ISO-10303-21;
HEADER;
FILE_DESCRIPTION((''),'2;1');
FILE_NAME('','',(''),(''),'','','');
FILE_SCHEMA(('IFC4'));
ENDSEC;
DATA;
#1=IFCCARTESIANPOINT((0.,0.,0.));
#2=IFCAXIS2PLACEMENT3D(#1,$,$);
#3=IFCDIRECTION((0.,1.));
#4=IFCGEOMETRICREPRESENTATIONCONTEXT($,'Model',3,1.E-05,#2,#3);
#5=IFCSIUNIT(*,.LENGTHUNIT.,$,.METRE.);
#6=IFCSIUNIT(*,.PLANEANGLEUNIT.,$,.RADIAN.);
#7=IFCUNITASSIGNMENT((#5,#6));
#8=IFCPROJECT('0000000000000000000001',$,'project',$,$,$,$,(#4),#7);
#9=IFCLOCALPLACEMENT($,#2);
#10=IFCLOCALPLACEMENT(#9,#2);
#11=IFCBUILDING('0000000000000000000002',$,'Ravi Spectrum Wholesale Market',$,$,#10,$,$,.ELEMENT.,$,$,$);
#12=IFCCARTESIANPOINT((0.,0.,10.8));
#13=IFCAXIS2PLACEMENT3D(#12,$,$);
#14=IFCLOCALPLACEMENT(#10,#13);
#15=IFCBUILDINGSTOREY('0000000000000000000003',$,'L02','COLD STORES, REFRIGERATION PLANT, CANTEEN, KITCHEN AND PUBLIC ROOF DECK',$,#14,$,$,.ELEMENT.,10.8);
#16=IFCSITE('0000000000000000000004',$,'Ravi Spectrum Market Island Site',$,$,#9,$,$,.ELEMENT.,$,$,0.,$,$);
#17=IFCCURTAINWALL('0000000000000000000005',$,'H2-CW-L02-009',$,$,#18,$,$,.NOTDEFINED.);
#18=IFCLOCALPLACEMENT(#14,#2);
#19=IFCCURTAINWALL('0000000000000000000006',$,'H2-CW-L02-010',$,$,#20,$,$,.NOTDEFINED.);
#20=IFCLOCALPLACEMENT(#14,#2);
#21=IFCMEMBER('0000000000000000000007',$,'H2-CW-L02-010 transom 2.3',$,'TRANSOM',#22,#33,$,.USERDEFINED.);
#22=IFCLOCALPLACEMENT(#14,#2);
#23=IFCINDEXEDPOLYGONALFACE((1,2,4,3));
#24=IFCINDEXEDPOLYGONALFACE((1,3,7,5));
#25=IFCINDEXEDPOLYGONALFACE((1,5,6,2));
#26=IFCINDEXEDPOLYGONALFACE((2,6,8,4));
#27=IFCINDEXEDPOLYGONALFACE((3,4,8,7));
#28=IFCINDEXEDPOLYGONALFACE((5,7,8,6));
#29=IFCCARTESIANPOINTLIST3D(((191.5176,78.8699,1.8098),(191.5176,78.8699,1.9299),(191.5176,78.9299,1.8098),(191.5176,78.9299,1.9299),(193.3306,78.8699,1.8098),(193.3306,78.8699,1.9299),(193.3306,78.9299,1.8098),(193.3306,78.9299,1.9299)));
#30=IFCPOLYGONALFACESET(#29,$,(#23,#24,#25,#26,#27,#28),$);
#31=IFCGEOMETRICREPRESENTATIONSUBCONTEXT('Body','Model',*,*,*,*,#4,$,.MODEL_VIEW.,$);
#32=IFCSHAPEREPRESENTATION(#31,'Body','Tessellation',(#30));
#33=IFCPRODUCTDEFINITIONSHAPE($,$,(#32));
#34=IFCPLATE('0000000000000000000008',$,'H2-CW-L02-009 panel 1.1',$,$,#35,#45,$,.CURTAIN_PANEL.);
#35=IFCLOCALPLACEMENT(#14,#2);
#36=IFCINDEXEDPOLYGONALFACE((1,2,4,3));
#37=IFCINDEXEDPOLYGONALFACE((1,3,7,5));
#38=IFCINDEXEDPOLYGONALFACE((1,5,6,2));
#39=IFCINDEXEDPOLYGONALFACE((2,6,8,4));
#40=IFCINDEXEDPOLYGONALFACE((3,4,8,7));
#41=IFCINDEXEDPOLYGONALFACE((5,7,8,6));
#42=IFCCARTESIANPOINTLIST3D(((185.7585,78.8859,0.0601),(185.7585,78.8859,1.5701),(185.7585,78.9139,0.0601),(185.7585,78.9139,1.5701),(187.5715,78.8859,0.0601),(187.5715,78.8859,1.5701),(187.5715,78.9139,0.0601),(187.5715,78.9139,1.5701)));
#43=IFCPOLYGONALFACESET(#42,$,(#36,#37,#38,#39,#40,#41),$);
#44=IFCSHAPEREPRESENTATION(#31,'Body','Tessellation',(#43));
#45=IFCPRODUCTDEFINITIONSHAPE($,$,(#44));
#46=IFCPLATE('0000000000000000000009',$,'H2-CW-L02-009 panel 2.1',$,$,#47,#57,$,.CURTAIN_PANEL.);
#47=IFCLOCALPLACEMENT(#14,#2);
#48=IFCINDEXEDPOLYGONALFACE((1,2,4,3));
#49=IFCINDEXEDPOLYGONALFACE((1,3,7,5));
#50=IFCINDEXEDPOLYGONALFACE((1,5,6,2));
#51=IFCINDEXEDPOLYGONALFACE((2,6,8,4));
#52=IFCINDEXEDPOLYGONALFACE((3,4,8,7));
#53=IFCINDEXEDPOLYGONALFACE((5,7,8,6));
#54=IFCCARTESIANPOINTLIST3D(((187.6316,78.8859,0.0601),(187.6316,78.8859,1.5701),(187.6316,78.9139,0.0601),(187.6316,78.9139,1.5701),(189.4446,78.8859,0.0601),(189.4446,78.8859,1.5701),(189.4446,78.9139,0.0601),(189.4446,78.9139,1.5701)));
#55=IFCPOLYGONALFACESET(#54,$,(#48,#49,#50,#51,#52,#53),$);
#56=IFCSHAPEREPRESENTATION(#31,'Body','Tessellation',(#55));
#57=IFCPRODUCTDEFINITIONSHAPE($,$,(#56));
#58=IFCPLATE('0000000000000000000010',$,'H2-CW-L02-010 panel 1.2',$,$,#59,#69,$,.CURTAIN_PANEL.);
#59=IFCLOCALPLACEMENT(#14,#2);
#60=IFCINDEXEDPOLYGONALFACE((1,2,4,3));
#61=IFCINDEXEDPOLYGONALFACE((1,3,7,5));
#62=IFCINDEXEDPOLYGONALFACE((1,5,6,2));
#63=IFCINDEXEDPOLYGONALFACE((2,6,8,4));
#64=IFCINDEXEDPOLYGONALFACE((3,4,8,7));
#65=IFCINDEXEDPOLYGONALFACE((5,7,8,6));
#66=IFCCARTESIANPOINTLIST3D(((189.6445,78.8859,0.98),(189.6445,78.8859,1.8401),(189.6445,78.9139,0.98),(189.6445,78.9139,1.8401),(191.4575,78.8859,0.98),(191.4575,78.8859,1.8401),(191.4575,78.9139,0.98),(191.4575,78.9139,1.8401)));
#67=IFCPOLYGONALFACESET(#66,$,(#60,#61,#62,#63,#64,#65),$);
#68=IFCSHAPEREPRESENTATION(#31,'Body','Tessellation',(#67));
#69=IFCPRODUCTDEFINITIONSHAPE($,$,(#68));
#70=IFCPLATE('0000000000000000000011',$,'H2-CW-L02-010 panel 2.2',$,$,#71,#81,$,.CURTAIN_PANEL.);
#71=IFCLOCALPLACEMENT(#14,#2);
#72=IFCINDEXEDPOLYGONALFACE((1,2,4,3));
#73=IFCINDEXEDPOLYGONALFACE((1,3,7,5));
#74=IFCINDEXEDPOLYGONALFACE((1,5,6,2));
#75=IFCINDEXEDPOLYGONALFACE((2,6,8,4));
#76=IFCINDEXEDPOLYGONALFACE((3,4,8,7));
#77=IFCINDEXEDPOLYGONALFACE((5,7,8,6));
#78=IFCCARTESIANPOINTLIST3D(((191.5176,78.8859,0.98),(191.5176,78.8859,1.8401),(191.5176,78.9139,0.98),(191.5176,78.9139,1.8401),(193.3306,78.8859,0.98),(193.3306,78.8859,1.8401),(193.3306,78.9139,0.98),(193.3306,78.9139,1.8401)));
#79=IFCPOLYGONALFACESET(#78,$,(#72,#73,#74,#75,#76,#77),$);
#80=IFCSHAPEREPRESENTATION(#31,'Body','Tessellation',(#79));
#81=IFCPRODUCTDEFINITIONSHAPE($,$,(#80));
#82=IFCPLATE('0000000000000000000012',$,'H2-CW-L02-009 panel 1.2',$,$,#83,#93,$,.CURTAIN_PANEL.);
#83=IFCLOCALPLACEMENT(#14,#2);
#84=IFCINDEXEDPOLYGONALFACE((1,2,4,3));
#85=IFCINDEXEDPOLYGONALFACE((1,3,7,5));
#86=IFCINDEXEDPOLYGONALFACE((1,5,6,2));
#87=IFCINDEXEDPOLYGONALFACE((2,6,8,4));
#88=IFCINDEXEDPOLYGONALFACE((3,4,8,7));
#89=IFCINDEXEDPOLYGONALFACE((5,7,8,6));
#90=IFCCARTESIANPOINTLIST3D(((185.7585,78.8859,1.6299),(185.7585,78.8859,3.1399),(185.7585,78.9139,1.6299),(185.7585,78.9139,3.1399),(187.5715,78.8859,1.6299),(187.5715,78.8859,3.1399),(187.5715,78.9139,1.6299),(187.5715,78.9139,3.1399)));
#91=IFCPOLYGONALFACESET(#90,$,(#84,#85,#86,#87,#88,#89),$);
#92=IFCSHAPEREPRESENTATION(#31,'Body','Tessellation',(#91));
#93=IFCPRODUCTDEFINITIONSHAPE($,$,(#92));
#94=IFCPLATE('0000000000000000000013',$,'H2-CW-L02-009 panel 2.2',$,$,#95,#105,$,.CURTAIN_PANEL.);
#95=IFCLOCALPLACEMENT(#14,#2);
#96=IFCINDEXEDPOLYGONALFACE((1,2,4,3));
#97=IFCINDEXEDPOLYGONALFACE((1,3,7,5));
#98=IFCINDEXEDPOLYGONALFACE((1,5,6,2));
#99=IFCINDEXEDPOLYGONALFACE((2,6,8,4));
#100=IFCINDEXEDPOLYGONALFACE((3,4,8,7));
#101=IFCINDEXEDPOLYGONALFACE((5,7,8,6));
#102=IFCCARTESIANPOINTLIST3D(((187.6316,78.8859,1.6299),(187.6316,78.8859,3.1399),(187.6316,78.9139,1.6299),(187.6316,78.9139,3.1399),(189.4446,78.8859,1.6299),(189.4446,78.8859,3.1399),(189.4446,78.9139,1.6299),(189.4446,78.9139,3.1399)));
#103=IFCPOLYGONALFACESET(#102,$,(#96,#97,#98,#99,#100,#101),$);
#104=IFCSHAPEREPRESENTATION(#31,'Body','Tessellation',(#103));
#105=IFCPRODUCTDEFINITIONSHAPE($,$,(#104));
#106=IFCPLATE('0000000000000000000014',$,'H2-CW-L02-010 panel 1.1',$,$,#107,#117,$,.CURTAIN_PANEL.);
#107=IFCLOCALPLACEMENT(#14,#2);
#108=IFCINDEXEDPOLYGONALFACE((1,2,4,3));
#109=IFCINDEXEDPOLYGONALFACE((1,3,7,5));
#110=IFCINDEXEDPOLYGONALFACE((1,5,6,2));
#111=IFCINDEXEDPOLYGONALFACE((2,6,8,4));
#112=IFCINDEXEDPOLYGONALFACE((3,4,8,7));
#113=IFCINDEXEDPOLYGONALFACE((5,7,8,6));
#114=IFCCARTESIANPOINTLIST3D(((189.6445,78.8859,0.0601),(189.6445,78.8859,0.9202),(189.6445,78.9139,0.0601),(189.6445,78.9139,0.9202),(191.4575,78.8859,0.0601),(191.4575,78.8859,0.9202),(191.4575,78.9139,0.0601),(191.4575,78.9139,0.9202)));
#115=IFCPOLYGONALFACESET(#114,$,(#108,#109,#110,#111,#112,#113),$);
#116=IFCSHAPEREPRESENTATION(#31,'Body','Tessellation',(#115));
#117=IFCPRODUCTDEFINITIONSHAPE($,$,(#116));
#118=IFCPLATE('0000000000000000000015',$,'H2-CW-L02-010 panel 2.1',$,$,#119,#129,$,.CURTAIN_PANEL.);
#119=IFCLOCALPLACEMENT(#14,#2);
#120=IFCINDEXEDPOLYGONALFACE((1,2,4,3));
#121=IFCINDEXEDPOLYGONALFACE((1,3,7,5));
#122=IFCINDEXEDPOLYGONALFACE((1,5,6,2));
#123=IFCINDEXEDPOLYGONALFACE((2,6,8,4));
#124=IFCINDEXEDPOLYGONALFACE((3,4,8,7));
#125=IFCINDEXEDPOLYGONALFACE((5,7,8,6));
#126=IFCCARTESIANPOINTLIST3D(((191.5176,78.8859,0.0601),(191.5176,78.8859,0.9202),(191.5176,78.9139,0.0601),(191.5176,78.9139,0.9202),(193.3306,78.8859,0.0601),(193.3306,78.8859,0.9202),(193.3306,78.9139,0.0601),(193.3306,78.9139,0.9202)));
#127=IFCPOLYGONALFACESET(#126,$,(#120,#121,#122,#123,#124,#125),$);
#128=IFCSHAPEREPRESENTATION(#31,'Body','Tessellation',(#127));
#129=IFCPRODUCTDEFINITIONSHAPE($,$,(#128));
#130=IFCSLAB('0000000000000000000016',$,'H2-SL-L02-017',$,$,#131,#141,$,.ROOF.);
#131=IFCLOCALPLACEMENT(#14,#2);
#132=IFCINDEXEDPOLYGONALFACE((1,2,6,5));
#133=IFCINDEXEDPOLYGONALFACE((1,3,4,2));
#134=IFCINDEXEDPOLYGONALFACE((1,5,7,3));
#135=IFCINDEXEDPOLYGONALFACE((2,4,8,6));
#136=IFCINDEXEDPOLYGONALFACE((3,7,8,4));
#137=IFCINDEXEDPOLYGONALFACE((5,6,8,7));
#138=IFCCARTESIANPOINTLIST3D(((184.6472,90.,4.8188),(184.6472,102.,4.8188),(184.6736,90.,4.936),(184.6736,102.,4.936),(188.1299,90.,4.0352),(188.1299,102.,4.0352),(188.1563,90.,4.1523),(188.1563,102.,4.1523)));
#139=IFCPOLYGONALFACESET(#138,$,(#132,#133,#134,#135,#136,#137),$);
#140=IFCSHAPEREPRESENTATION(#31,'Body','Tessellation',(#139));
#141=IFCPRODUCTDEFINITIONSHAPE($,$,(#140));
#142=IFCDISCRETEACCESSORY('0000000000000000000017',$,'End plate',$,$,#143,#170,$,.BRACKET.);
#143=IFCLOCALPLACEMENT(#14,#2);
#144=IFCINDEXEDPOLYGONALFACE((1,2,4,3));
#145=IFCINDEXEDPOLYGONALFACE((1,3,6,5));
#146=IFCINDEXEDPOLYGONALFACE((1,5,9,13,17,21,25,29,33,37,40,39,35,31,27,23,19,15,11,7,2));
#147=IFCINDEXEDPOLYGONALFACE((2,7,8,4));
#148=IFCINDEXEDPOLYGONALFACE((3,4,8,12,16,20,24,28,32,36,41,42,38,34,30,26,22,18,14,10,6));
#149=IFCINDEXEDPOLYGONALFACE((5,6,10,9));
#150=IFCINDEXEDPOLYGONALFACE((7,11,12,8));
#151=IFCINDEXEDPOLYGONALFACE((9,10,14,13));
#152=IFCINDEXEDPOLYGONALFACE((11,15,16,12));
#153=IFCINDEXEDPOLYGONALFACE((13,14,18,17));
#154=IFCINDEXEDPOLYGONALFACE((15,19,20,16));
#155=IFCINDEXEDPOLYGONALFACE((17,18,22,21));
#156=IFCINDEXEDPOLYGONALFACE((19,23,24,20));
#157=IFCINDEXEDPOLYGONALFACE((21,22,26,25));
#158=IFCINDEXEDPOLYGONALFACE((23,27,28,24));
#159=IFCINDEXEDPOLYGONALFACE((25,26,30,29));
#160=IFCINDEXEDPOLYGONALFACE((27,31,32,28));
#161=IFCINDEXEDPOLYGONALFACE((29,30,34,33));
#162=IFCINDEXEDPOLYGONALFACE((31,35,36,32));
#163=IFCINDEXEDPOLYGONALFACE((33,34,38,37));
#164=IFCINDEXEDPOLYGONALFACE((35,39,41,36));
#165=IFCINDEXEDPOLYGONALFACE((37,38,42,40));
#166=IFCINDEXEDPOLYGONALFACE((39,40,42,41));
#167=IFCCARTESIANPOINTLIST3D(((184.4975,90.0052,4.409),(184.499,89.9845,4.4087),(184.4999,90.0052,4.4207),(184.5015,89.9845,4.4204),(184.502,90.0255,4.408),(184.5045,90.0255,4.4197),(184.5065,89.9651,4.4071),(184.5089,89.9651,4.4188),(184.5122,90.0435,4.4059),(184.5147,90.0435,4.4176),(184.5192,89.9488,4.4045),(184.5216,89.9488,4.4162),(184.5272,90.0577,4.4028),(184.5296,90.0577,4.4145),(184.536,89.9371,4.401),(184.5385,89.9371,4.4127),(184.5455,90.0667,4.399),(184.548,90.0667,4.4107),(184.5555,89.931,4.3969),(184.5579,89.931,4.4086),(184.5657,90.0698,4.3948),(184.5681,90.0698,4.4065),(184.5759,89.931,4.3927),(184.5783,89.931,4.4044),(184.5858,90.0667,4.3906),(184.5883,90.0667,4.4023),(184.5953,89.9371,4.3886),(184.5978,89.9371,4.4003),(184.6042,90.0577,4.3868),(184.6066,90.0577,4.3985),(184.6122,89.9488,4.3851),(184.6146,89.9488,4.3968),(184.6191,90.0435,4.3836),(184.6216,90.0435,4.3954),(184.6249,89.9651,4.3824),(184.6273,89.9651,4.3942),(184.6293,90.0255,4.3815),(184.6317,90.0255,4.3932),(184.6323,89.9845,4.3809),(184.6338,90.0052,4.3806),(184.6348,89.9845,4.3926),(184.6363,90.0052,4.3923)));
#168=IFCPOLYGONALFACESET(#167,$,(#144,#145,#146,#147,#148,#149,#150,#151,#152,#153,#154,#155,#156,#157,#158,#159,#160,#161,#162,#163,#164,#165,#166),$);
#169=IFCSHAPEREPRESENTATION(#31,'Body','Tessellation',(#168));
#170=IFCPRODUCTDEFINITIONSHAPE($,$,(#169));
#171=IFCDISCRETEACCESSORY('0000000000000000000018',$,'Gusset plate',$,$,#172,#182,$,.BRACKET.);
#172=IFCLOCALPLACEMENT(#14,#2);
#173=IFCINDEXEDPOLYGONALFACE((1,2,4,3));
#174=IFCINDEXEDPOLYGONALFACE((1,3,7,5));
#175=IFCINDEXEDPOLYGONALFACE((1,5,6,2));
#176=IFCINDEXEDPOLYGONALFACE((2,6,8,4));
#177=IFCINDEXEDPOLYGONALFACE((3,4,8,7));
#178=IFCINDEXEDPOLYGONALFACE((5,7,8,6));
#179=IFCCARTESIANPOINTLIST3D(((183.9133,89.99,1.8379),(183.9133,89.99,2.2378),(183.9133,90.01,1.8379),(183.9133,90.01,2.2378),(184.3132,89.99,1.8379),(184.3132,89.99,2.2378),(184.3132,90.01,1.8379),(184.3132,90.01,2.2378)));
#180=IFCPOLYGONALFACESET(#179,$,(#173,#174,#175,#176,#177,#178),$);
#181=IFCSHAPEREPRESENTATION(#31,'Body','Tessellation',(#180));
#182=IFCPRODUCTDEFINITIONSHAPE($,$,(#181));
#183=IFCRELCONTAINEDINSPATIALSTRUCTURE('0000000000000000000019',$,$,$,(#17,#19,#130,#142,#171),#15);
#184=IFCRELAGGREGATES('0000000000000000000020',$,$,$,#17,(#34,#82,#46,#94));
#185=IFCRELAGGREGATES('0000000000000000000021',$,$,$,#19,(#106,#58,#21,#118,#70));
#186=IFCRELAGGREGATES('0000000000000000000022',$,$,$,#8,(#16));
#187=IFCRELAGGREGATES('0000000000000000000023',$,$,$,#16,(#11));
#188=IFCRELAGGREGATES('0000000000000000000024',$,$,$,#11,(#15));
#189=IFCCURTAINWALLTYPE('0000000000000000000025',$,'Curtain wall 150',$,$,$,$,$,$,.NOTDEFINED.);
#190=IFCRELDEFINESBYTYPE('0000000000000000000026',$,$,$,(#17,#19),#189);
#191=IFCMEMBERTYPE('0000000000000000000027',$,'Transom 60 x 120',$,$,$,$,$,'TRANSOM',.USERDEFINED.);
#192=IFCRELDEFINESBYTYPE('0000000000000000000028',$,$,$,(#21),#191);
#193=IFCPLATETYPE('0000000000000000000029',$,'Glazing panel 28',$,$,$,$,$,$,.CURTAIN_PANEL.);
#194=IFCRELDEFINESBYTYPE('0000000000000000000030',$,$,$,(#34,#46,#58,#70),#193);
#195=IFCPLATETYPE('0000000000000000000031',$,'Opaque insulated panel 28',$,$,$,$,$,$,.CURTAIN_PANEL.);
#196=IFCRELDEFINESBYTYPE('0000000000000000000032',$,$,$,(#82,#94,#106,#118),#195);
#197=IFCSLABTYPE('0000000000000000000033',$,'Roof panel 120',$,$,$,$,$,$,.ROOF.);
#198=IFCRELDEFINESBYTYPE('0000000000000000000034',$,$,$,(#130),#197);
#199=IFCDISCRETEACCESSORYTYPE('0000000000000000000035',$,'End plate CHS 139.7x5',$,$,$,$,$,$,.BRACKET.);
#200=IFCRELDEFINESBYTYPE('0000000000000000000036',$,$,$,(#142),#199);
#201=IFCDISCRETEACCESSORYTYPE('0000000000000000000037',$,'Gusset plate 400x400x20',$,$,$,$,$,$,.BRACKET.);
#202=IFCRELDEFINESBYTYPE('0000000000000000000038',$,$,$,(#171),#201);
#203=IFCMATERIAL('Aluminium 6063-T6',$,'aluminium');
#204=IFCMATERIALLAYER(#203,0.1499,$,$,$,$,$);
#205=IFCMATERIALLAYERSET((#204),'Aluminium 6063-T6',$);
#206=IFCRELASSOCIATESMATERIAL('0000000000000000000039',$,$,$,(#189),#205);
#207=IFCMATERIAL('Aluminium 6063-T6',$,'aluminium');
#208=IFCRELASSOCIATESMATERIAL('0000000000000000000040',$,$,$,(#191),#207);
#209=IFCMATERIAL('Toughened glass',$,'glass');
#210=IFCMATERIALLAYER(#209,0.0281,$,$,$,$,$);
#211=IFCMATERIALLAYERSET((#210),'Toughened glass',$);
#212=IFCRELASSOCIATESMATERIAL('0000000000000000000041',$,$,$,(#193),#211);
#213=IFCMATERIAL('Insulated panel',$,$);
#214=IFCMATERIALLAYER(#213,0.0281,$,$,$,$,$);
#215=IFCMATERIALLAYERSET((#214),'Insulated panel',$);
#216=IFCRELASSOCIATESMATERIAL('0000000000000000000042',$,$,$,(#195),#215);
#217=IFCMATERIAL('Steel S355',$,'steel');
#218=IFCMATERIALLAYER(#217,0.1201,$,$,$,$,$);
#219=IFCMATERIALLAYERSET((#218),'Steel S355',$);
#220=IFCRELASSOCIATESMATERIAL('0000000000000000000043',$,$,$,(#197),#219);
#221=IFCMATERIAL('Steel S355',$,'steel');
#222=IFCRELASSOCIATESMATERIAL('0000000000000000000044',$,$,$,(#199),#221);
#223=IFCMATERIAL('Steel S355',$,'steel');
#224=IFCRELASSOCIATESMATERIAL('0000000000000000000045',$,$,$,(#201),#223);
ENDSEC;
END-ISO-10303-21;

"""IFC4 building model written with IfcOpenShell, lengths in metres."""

from ifc_helpers import new_model, si_unit, direction, frame, origin, origin_2d, place, context, subcontext, project, spatial, polyline, rectangle, circle, outline, extrude, material, layer, layer_set, material_profile, profile_set, type_object, element, aggregate, save


model = new_model("IFC4")

# Units and contexts
model_context = context("Model", 3, precision=1e-05, world=origin(), true_north=direction((0.0, 1.0)))
body_context = subcontext(model_context, "Body", "Model", "MODEL_VIEW")
ifc_project = project(units=[si_unit("LENGTHUNIT", "METRE"), si_unit("PLANEANGLEUNIT", "RADIAN")], contexts=[model_context])

# Site, building, storey
site_placement = place(None, origin())
site = spatial("IfcSite", under=ifc_project, at=site_placement, Name="Ravi Spectrum Market Island Site", CompositionType="ELEMENT", RefElevation=0.0)
building_placement = place(site_placement, origin())
building = spatial("IfcBuilding", under=site, at=building_placement, Name="Ravi Spectrum Wholesale Market", CompositionType="ELEMENT")
storey_placement = place(building_placement, frame((0.0, 0.0, 10.8)))
storey = spatial("IfcBuildingStorey", under=building, at=storey_placement, Name="L02", Description="COLD STORES, REFRIGERATION PLANT, CANTEEN, KITCHEN AND PUBLIC ROOF DECK", CompositionType="ELEMENT", Elevation=10.8)

# Shared definitions
ifc_material_1 = material(Name="Aluminium 6063-T6", Category="aluminium")
ifc_layer_1 = layer(ifc_material_1, 0.1499)
ifc_layer_set_1 = layer_set([ifc_layer_1], Name="Aluminium 6063-T6")
curtain_wall_type = type_object("IfcCurtainWallType", Name="Curtain wall 150", PredefinedType="NOTDEFINED", material=ifc_layer_set_1)

# Curtain walls
curtain_wall_1_placement = place(storey_placement, origin())
curtain_wall_1 = element("IfcCurtainWall", 1, at=curtain_wall_1_placement, inside=storey, type_object=curtain_wall_type, Name="H2-CW-L02-009", PredefinedType="NOTDEFINED")
curtain_wall_2_placement = place(storey_placement, origin())
curtain_wall_2 = element("IfcCurtainWall", 2, at=curtain_wall_2_placement, inside=storey, type_object=curtain_wall_type, Name="H2-CW-L02-010", PredefinedType="NOTDEFINED")

# Member
ifc_material_2 = material(Name="Aluminium 6063-T6", Category="aluminium")
ifc_material_profile_1 = material_profile(ifc_material_2, rectangle(XDim=0.0601, YDim=0.1201, at=origin_2d()))
ifc_profile_set_1 = profile_set([ifc_material_profile_1], Name="Aluminium 6063-T6")
member_type_1 = type_object("IfcMemberType", Name="Transom 60 x 120", ElementType="TRANSOM", PredefinedType="USERDEFINED", material=ifc_profile_set_1)
member_1_placement = place(storey_placement, frame((191.5176, 78.8999, 1.8699), z_axis=(1.0, 0.0, 0.0), x_axis=(0.0, 1.0, 0.0)))
member_1 = element("IfcMember", 3, at=member_1_placement, type_object=member_type_1, Name="H2-CW-L02-010 transom 2.3", ObjectType="TRANSOM", PredefinedType="USERDEFINED", context=body_context, shape_type="SweptSolid", body=[
    extrude(rectangle(XDim=0.0601, YDim=0.1201, at=origin_2d()), origin(), (0.0, 0.0, 1.0), 1.813),
])

# Plates
ifc_material_3 = material(Name="Toughened glass", Category="glass")
ifc_layer_2 = layer(ifc_material_3, 0.0281)
ifc_layer_set_2 = layer_set([ifc_layer_2], Name="Toughened glass")
plate_type_1 = type_object("IfcPlateType", Name="Glazing panel 28", PredefinedType="CURTAIN_PANEL", material=ifc_layer_set_2)
plate_1_placement = place(storey_placement, frame((186.665, 78.8999, 0.0601), z_axis=(0.0, 0.0, 1.0), x_axis=(1.0, 0.0, 0.0)))
plate_1 = element("IfcPlate", 4, at=plate_1_placement, type_object=plate_type_1, Name="H2-CW-L02-009 panel 1.1", PredefinedType="CURTAIN_PANEL", context=body_context, shape_type="SweptSolid", body=[
    extrude(rectangle(XDim=1.813, YDim=0.0281, at=origin_2d()), origin(), (0.0, 0.0, 1.0), 1.51),
])
plate_2_placement = place(storey_placement, frame((188.5381, 78.8999, 0.0601), z_axis=(0.0, 0.0, 1.0), x_axis=(1.0, 0.0, 0.0)))
plate_2 = element("IfcPlate", 5, at=plate_2_placement, type_object=plate_type_1, Name="H2-CW-L02-009 panel 2.1", PredefinedType="CURTAIN_PANEL", context=body_context, shape_type="SweptSolid", body=[
    extrude(rectangle(XDim=1.813, YDim=0.0281, at=origin_2d()), origin(), (0.0, 0.0, 1.0), 1.51),
])
plate_3_placement = place(storey_placement, frame((190.551, 78.8999, 0.98), z_axis=(0.0, 0.0, 1.0), x_axis=(1.0, 0.0, 0.0)))
plate_3 = element("IfcPlate", 6, at=plate_3_placement, type_object=plate_type_1, Name="H2-CW-L02-010 panel 1.2", PredefinedType="CURTAIN_PANEL", context=body_context, shape_type="SweptSolid", body=[
    extrude(rectangle(XDim=1.813, YDim=0.0281, at=origin_2d()), origin(), (0.0, 0.0, 1.0), 0.8601),
])
plate_4_placement = place(storey_placement, frame((192.4241, 78.8999, 0.98), z_axis=(0.0, 0.0, 1.0), x_axis=(1.0, 0.0, 0.0)))
plate_4 = element("IfcPlate", 7, at=plate_4_placement, type_object=plate_type_1, Name="H2-CW-L02-010 panel 2.2", PredefinedType="CURTAIN_PANEL", context=body_context, shape_type="SweptSolid", body=[
    extrude(rectangle(XDim=1.813, YDim=0.0281, at=origin_2d()), origin(), (0.0, 0.0, 1.0), 0.8601),
])
ifc_material_4 = material(Name="Insulated panel")
ifc_layer_3 = layer(ifc_material_4, 0.0281)
ifc_layer_set_3 = layer_set([ifc_layer_3], Name="Insulated panel")
plate_type_2 = type_object("IfcPlateType", Name="Opaque insulated panel 28", PredefinedType="CURTAIN_PANEL", material=ifc_layer_set_3)
plate_5_placement = place(storey_placement, frame((186.665, 78.8999, 1.6299), z_axis=(0.0, 0.0, 1.0), x_axis=(1.0, 0.0, 0.0)))
plate_5 = element("IfcPlate", 8, at=plate_5_placement, type_object=plate_type_2, Name="H2-CW-L02-009 panel 1.2", PredefinedType="CURTAIN_PANEL", context=body_context, shape_type="SweptSolid", body=[
    extrude(rectangle(XDim=1.813, YDim=0.0281, at=origin_2d()), origin(), (0.0, 0.0, 1.0), 1.51),
])
plate_6_placement = place(storey_placement, frame((188.5381, 78.8999, 1.6299), z_axis=(0.0, 0.0, 1.0), x_axis=(1.0, 0.0, 0.0)))
plate_6 = element("IfcPlate", 9, at=plate_6_placement, type_object=plate_type_2, Name="H2-CW-L02-009 panel 2.2", PredefinedType="CURTAIN_PANEL", context=body_context, shape_type="SweptSolid", body=[
    extrude(rectangle(XDim=1.813, YDim=0.0281, at=origin_2d()), origin(), (0.0, 0.0, 1.0), 1.51),
])
aggregate(curtain_wall_1, [plate_1, plate_5, plate_2, plate_6])
plate_7_placement = place(storey_placement, frame((190.551, 78.8999, 0.0601), z_axis=(0.0, 0.0, 1.0), x_axis=(1.0, 0.0, 0.0)))
plate_7 = element("IfcPlate", 10, at=plate_7_placement, type_object=plate_type_2, Name="H2-CW-L02-010 panel 1.1", PredefinedType="CURTAIN_PANEL", context=body_context, shape_type="SweptSolid", body=[
    extrude(rectangle(XDim=1.813, YDim=0.0281, at=origin_2d()), origin(), (0.0, 0.0, 1.0), 0.8601),
])
plate_8_placement = place(storey_placement, frame((192.4241, 78.8999, 0.0601), z_axis=(0.0, 0.0, 1.0), x_axis=(1.0, 0.0, 0.0)))
plate_8 = element("IfcPlate", 11, at=plate_8_placement, type_object=plate_type_2, Name="H2-CW-L02-010 panel 2.1", PredefinedType="CURTAIN_PANEL", context=body_context, shape_type="SweptSolid", body=[
    extrude(rectangle(XDim=1.813, YDim=0.0281, at=origin_2d()), origin(), (0.0, 0.0, 1.0), 0.8601),
])
aggregate(curtain_wall_2, [plate_7, plate_3, member_1, plate_8, plate_4])

# Slab
ifc_material_5 = material(Name="Steel S355", Category="steel")
ifc_layer_4 = layer(ifc_material_5, 0.1201)
ifc_layer_set_4 = layer_set([ifc_layer_4], Name="Steel S355")
slab_type = type_object("IfcSlabType", Name="Roof panel 120", PredefinedType="ROOF", material=ifc_layer_set_4)
slab_placement = place(storey_placement, frame((184.6736, 90.0, 4.936), z_axis=(0.219537, 0.0, 0.975604), x_axis=(0.975604, 0.0, -0.219537)))
element("IfcSlab", 12, at=slab_placement, inside=storey, type_object=slab_type, Name="H2-SL-L02-017", PredefinedType="ROOF", context=body_context, shape_type="SweptSolid", body=[
    extrude(outline(polyline([(0.0, 0.0), (3.5698, 0.0), (3.5698, 12.0), (0.0, 12.0), (0.0, 0.0)])), origin(), (0.0, 0.0, -1.0), 0.1201),
])

# Discrete accessories
ifc_material_6 = material(Name="Steel S355", Category="steel")
ifc_material_profile_2 = material_profile(ifc_material_6, circle(Radius=0.0698, at=origin_2d()))
ifc_profile_set_2 = profile_set([ifc_material_profile_2], Name="Steel S355")
discrete_accessory_type_1 = type_object("IfcDiscreteAccessoryType", Name="End plate CHS 139.7x5", PredefinedType="BRACKET", material=ifc_profile_set_2)
discrete_accessory_1_placement = place(storey_placement, frame((184.5657, 90.0, 4.3948), z_axis=(0.203954, 0.0, 0.97898), x_axis=(0.0, 1.0, 0.0)))
element("IfcDiscreteAccessory", 13, at=discrete_accessory_1_placement, inside=storey, type_object=discrete_accessory_type_1, Name="End plate", PredefinedType="BRACKET", context=body_context, shape_type="SweptSolid", body=[
    extrude(circle(Radius=0.0698, at=origin_2d()), origin(), (0.0, 0.0, 1.0), 0.012),
])
ifc_material_7 = material(Name="Steel S355", Category="steel")
ifc_material_profile_3 = material_profile(ifc_material_7, rectangle(XDim=0.3999, YDim=0.02, at=origin_2d()))
ifc_profile_set_3 = profile_set([ifc_material_profile_3], Name="Steel S355")
discrete_accessory_type_2 = type_object("IfcDiscreteAccessoryType", Name="Gusset plate 400x400x20", PredefinedType="BRACKET", material=ifc_profile_set_3)
discrete_accessory_2_placement = place(storey_placement, frame((184.1133, 90.0, 1.8379), z_axis=(0.0, 0.0, 1.0), x_axis=(-1.0, 0.0, 0.0)))
element("IfcDiscreteAccessory", 14, at=discrete_accessory_2_placement, inside=storey, type_object=discrete_accessory_type_2, Name="Gusset plate", PredefinedType="BRACKET", context=body_context, shape_type="SweptSolid", body=[
    extrude(rectangle(XDim=0.3999, YDim=0.02, at=origin_2d()), origin(), (0.0, 0.0, 1.0), 0.3999),
])

save(model, "model.ifc")
